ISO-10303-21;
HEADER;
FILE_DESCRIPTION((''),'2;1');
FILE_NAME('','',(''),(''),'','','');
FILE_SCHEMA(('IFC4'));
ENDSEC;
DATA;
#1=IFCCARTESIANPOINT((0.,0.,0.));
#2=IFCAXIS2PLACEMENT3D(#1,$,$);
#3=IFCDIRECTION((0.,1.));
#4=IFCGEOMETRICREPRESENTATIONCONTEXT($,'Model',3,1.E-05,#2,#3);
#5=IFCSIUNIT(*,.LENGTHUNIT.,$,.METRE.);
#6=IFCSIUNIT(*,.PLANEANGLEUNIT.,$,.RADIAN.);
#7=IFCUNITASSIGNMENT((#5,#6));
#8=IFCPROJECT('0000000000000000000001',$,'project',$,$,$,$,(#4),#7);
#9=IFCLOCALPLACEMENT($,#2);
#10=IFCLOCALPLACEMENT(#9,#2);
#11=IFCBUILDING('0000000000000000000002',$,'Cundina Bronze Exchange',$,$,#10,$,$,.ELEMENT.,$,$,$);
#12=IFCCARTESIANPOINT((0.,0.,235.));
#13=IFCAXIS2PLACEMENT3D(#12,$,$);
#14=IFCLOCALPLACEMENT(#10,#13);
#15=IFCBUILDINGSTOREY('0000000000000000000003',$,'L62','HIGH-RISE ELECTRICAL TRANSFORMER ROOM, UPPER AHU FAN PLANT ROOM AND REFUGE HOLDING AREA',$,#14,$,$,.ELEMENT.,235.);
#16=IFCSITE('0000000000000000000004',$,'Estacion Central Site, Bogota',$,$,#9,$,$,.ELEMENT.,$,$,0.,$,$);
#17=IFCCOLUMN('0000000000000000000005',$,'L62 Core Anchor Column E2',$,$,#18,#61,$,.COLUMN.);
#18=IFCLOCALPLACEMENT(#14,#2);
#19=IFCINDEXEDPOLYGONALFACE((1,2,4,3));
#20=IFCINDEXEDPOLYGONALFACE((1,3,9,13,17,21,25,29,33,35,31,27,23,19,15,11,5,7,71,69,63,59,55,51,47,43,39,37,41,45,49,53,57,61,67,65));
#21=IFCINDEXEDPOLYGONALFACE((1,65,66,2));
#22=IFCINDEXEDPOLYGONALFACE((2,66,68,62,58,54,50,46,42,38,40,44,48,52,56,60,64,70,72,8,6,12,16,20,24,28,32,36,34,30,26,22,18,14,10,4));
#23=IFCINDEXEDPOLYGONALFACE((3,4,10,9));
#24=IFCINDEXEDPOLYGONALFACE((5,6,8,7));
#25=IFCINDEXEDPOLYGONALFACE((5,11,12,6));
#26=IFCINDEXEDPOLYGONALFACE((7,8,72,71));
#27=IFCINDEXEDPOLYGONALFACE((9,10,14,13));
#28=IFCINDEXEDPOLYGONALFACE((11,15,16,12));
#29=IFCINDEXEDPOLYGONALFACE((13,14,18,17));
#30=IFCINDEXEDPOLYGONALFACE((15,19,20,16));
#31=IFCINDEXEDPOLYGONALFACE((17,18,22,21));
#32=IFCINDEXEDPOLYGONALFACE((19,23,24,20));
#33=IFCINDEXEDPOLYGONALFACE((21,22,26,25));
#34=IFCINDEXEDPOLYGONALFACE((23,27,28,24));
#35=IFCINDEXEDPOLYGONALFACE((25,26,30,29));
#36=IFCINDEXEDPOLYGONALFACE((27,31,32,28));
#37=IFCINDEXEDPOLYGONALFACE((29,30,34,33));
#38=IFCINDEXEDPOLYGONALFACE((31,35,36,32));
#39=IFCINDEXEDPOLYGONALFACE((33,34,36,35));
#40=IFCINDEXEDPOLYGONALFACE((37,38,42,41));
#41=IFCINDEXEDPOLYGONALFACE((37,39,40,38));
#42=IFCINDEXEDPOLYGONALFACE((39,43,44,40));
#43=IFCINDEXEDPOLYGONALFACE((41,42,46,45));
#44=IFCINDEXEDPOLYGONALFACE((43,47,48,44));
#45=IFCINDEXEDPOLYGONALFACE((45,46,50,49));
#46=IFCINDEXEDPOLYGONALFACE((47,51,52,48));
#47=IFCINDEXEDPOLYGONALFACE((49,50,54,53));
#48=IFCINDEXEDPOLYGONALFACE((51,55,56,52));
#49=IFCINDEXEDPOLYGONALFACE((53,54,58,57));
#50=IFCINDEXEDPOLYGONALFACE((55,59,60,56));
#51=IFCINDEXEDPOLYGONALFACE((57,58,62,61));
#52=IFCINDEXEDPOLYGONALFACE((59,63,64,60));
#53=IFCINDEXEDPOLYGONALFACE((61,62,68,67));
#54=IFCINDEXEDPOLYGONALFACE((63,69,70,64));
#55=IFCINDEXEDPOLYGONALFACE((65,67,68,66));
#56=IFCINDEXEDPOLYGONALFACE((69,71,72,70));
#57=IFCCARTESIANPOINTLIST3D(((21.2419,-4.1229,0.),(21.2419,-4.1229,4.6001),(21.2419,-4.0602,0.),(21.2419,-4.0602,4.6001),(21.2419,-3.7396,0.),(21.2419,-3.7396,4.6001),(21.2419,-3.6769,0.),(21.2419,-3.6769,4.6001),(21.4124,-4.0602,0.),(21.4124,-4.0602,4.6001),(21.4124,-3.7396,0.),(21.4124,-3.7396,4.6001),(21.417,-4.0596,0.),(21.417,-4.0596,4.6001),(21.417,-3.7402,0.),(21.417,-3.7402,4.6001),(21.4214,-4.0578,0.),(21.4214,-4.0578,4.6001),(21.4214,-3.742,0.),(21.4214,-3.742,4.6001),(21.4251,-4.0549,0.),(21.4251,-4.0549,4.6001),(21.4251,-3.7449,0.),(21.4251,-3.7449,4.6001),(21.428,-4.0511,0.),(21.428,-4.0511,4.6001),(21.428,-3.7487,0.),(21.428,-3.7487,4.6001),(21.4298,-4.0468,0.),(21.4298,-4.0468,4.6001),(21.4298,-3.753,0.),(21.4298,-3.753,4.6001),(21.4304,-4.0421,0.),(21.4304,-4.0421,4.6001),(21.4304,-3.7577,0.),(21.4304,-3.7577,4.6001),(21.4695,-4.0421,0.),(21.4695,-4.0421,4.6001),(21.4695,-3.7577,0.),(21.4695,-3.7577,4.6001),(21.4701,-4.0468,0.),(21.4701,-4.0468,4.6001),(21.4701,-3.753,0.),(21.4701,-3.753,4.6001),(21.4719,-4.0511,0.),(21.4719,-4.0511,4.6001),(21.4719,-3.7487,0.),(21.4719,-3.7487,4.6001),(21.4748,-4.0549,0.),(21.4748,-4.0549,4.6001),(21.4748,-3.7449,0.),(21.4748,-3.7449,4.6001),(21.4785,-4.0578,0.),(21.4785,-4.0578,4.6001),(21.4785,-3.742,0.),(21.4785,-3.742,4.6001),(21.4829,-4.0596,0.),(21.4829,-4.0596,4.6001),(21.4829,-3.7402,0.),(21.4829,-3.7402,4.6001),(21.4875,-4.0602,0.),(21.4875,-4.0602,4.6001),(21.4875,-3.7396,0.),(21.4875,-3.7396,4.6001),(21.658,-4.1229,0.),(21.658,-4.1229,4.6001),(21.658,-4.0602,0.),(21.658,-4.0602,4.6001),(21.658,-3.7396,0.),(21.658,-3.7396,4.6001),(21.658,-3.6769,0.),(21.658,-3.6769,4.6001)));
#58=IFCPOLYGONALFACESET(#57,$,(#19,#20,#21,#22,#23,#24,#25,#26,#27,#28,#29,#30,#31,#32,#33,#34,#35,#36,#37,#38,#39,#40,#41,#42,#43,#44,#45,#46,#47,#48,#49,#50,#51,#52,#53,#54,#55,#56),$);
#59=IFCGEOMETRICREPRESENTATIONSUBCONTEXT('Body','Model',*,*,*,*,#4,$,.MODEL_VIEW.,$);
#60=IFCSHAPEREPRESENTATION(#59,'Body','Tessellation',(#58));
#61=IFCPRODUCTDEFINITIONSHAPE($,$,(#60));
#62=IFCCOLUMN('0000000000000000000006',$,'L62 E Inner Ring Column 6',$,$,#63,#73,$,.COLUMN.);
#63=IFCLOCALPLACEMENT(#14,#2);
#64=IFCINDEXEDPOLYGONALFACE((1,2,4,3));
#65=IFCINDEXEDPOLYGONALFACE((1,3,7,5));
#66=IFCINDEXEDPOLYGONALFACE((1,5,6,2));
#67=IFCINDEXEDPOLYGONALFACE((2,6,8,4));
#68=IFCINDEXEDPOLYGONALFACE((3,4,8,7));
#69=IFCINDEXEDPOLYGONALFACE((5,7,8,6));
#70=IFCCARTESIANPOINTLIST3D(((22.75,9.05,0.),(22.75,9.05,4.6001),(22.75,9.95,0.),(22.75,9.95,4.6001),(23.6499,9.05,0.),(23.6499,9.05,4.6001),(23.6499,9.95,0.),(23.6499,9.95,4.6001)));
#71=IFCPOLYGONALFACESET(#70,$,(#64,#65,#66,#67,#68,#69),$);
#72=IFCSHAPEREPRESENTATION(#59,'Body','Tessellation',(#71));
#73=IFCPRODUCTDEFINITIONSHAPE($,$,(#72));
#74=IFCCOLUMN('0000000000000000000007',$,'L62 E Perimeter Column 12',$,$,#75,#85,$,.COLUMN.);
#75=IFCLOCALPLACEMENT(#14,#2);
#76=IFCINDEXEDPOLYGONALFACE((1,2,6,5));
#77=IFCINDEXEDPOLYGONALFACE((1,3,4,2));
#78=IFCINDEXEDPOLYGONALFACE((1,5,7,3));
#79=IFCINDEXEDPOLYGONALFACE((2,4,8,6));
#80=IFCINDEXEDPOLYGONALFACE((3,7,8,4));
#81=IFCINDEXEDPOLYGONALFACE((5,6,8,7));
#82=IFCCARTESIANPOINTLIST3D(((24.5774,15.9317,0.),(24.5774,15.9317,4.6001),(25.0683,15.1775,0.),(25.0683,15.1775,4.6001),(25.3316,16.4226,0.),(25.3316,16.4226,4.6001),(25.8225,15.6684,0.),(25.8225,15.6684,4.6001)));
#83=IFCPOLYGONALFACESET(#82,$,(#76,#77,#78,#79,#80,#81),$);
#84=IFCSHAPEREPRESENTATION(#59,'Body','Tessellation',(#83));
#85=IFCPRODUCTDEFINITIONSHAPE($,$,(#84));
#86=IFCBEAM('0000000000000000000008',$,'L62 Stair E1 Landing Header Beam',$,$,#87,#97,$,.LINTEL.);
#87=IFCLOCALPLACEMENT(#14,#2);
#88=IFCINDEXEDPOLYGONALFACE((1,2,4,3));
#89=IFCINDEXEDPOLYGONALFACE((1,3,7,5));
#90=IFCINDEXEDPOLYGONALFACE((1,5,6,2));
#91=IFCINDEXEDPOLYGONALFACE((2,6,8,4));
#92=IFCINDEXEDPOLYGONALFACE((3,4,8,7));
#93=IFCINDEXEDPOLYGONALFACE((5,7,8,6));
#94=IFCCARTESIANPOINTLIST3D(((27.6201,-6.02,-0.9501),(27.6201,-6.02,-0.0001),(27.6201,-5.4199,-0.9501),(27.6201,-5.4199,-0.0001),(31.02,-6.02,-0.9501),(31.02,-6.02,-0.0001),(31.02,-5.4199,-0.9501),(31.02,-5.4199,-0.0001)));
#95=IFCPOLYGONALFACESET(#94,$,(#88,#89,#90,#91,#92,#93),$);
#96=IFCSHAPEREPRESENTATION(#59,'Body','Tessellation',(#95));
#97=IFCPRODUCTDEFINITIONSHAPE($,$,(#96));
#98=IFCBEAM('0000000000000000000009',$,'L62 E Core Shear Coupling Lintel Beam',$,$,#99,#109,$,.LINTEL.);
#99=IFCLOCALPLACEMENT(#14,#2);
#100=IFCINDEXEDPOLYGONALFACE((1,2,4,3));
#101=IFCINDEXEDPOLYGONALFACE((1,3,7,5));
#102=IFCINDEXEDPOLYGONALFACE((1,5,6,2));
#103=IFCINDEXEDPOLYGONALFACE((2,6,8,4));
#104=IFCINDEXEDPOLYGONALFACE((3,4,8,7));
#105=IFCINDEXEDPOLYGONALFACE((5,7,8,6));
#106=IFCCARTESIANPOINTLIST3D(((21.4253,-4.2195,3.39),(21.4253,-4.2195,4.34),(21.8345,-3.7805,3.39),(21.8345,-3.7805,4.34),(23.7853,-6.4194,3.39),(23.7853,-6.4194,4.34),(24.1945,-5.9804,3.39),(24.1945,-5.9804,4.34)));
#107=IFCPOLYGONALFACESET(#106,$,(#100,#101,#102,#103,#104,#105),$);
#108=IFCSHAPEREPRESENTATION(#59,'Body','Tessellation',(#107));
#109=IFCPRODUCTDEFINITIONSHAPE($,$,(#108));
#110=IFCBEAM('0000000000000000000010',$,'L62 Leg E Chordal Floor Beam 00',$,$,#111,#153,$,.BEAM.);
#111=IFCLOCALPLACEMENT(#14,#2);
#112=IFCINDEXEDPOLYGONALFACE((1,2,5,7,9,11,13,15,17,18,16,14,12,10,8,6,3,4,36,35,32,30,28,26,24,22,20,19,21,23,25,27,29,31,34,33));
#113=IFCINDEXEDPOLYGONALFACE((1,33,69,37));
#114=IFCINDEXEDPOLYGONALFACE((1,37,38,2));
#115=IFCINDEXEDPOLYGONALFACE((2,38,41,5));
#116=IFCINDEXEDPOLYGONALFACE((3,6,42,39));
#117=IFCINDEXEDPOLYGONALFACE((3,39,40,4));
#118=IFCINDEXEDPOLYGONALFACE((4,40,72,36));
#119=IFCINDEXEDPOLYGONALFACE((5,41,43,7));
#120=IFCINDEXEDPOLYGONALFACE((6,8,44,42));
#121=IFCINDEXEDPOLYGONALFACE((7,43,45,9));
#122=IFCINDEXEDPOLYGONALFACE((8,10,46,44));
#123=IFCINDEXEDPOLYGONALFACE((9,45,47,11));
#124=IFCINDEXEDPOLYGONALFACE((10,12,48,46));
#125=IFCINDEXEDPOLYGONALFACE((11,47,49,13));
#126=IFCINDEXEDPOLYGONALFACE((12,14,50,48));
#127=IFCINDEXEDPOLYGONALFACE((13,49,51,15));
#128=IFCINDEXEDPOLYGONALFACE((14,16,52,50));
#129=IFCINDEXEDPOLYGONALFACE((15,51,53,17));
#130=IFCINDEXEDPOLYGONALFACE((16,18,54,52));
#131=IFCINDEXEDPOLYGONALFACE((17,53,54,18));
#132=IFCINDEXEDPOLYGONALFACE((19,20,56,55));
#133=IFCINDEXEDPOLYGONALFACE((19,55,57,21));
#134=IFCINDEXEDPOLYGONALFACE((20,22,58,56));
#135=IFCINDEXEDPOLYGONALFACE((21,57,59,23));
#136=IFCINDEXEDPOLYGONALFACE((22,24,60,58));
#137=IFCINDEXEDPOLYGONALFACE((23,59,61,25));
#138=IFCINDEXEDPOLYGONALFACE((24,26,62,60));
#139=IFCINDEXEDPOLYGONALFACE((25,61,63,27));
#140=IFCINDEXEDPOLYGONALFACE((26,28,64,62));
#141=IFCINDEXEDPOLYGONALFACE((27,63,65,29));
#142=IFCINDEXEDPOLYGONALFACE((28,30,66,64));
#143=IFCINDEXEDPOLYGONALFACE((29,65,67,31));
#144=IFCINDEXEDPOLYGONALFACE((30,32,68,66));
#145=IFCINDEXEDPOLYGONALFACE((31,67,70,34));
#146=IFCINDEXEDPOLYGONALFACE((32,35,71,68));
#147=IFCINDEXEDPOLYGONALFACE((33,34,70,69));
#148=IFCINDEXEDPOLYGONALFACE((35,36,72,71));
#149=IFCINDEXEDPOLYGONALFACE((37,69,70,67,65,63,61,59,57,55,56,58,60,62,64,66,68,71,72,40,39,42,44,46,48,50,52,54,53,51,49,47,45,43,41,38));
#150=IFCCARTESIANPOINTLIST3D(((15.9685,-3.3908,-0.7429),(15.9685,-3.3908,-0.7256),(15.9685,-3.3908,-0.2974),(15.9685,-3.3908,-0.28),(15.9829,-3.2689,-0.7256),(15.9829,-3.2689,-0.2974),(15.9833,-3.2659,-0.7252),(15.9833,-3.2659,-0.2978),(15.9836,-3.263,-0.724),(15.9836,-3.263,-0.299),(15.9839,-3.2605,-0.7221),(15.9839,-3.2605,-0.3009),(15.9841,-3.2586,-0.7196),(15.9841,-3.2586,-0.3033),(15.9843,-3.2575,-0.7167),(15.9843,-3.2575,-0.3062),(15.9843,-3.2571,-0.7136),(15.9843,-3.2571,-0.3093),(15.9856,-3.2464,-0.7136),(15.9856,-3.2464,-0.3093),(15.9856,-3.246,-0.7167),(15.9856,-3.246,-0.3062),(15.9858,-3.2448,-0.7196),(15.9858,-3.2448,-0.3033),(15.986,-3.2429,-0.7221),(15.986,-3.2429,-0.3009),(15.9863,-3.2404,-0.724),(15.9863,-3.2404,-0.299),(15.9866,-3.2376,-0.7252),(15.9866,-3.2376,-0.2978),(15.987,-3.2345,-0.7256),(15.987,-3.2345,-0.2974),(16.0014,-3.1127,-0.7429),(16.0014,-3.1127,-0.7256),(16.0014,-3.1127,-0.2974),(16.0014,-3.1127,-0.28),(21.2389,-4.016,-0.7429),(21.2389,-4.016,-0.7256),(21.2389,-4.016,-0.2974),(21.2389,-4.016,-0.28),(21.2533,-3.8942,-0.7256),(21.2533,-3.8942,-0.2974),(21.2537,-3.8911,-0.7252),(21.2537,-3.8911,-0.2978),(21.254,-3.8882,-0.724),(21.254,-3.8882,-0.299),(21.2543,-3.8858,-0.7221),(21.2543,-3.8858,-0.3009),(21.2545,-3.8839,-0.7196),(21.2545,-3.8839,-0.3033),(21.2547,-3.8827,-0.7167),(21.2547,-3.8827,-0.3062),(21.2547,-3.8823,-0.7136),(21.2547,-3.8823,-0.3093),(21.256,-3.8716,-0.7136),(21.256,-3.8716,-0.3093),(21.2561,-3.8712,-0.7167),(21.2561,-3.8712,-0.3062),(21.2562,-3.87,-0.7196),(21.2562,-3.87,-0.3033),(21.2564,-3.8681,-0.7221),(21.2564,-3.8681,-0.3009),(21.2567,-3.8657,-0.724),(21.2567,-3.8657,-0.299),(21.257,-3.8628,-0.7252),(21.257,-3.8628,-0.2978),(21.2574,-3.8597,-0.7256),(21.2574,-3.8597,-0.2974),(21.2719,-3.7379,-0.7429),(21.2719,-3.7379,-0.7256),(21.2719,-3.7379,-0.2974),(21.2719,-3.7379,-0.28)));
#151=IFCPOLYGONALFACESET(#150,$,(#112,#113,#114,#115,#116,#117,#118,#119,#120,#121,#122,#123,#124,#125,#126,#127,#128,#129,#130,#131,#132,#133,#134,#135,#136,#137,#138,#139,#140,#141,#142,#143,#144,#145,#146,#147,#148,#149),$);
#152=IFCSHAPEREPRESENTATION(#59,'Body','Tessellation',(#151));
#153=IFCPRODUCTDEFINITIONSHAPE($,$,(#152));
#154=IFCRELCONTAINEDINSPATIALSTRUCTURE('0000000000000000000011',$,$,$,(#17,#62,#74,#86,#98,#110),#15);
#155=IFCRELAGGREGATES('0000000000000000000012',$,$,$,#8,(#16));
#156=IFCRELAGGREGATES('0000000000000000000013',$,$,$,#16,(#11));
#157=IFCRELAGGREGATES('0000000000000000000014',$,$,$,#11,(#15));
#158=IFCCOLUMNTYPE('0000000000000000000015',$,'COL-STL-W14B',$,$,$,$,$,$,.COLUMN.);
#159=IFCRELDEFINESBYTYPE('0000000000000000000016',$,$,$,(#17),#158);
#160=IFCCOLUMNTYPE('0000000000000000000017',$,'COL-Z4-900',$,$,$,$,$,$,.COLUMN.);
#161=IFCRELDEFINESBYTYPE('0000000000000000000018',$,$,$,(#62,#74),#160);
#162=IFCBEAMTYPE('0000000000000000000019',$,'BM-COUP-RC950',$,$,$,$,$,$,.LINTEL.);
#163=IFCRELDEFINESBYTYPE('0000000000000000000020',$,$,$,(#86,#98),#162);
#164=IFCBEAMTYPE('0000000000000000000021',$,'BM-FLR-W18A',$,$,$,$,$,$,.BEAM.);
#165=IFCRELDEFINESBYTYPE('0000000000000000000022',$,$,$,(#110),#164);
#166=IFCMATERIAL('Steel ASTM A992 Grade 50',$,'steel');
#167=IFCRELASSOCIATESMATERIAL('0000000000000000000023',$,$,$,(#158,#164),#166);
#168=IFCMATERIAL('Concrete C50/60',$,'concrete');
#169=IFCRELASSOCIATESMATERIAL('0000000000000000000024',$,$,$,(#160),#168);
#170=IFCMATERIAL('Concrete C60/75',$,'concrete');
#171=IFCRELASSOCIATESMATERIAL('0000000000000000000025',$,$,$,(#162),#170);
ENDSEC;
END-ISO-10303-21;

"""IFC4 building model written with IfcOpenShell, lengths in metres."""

from ifc_helpers import new_model, si_unit, direction, frame, origin, origin_2d, place, context, subcontext, project, spatial, rectangle, i_section, extrude, material, material_profile, profile_set, type_object, element, save


model = new_model("IFC4")

# Units and contexts
model_context = context("Model", 3, precision=1e-05, world=origin(), true_north=direction((0.0, 1.0)))
body_context = subcontext(model_context, "Body", "Model", "MODEL_VIEW")
ifc_project = project(units=[si_unit("LENGTHUNIT", "METRE"), si_unit("PLANEANGLEUNIT", "RADIAN")], contexts=[model_context])

# Site, building, storey
site_placement = place(None, origin())
site = spatial("IfcSite", under=ifc_project, at=site_placement, Name="Estacion Central Site, Bogota", CompositionType="ELEMENT", RefElevation=0.0)
building_placement = place(site_placement, origin())
building = spatial("IfcBuilding", under=site, at=building_placement, Name="Cundina Bronze Exchange", CompositionType="ELEMENT")
storey_placement = place(building_placement, frame((0.0, 0.0, 235.0)))
storey = spatial("IfcBuildingStorey", under=building, at=storey_placement, Name="L62", Description="HIGH-RISE ELECTRICAL TRANSFORMER ROOM, UPPER AHU FAN PLANT ROOM AND REFUGE HOLDING AREA", CompositionType="ELEMENT", Elevation=235.0)

# Columns
ifc_material_1 = material(Name="Steel ASTM A992 Grade 50", Category="steel")
ifc_material_profile_1 = material_profile(ifc_material_1, i_section(OverallWidth=0.416, OverallDepth=0.446, WebThickness=0.0391, FlangeThickness=0.0627, FilletRadius=0.0181, at=origin_2d()), Name="W14X342", Category="steel")
ifc_profile_set_1 = profile_set([ifc_material_profile_1], Name="Steel ASTM A992 Grade 50")
column_type_1 = type_object("IfcColumnType", Name="COL-STL-W14B", PredefinedType="COLUMN", material=ifc_profile_set_1)
column_placement = place(storey_placement, frame((21.45, -3.8999, 0.0), z_axis=(0.0, 0.0, 1.0), x_axis=(1.0, 0.0, 0.0)))
element("IfcColumn", 1, at=column_placement, inside=storey, type_object=column_type_1, Name="L62 Core Anchor Column E2", PredefinedType="COLUMN", context=body_context, shape_type="SweptSolid", body=[
    extrude(i_section(OverallWidth=0.416, OverallDepth=0.446, WebThickness=0.0391, FlangeThickness=0.0627, FilletRadius=0.0181, at=origin_2d()), origin(), (0.0, 0.0, 1.0), 4.6001),
])
ifc_material_2 = material(Name="Concrete C50/60", Category="concrete")
ifc_material_profile_2 = material_profile(ifc_material_2, rectangle(XDim=0.8999, YDim=0.8999, at=origin_2d()), Name="RC900X900", Category="concrete")
ifc_profile_set_2 = profile_set([ifc_material_profile_2], Name="Concrete C50/60")
column_type_2 = type_object("IfcColumnType", Name="COL-Z4-900", PredefinedType="COLUMN", material=ifc_profile_set_2)
for number, where, z_axis, x_axis, name in (
    (2, (23.2, 9.5, 0.0), (0.0, 0.0, 1.0), (1.0, 0.0, 0.0), "L62 E Inner Ring Column 6"),
    (3, (25.2, 15.8, 0.0), (0.0, 0.0, 1.0), (-0.8381, -0.545517, 0.0), "L62 E Perimeter Column 12"),
):
    element("IfcColumn", number, at=place(storey_placement, frame(where, z_axis=z_axis, x_axis=x_axis)), inside=storey, type_object=column_type_2, Name=name, PredefinedType="COLUMN", context=body_context, shape_type="SweptSolid", body=[
        extrude(rectangle(XDim=0.8999, YDim=0.8999, at=origin_2d()), origin(), (0.0, 0.0, 1.0), 4.6001),
    ])

# Beams
ifc_material_3 = material(Name="Concrete C60/75", Category="concrete")
ifc_material_profile_3 = material_profile(ifc_material_3, rectangle(XDim=0.6001, YDim=0.95, at=origin_2d()), Name="RC600X950", Category="concrete")
ifc_profile_set_3 = profile_set([ifc_material_profile_3], Name="Concrete C60/75")
beam_type_1 = type_object("IfcBeamType", Name="BM-COUP-RC950", PredefinedType="LINTEL", material=ifc_profile_set_3)
beam_1_placement = place(storey_placement, frame((27.6201, -5.72, -0.4751), z_axis=(1.0, 0.0, 0.0), x_axis=(0.0, 1.0, 0.0)))
element("IfcBeam", 4, at=beam_1_placement, inside=storey, type_object=beam_type_1, Name="L62 Stair E1 Landing Header Beam", PredefinedType="LINTEL", context=body_context, shape_type="SweptSolid", body=[
    extrude(rectangle(XDim=0.6001, YDim=0.95, at=origin_2d()), origin(), (0.0, 0.0, 1.0), 3.3999),
])
beam_2_placement = place(storey_placement, frame((21.6299, -4.0, 3.865), z_axis=(0.73149, -0.681852, 0.0), x_axis=(0.681852, 0.73149, 0.0)))
element("IfcBeam", 5, at=beam_2_placement, inside=storey, type_object=beam_type_1, Name="L62 E Core Shear Coupling Lintel Beam", PredefinedType="LINTEL", context=body_context, shape_type="SweptSolid", body=[
    extrude(rectangle(XDim=0.6001, YDim=0.95, at=origin_2d()), origin(), (0.0, 0.0, 1.0), 3.2263),
])
ifc_material_profile_4 = material_profile(ifc_material_1, i_section(OverallWidth=0.28, OverallDepth=0.4629, WebThickness=0.0107, FlangeThickness=0.0173, FilletRadius=0.012, at=origin_2d()), Name="W18X76", Category="steel")
ifc_profile_set_4 = profile_set([ifc_material_profile_4], Name="Steel ASTM A992 Grade 50")
beam_type_2 = type_object("IfcBeamType", Name="BM-FLR-W18A", PredefinedType="BEAM", material=ifc_profile_set_4)
beam_3_placement = place(storey_placement, frame((21.2554, -3.877, -0.5115), z_axis=(-0.993037, 0.117805, 0.0), x_axis=(-0.117805, -0.993037, 0.0)))
element("IfcBeam", 6, at=beam_3_placement, inside=storey, type_object=beam_type_2, Name="L62 Leg E Chordal Floor Beam 00", PredefinedType="BEAM", context=body_context, shape_type="SweptSolid", body=[
    extrude(i_section(OverallWidth=0.28, OverallDepth=0.4629, WebThickness=0.0107, FlangeThickness=0.0173, FilletRadius=0.012, at=origin_2d()), origin(), (0.0, 0.0, 1.0), 5.3074),
])

save(model, "model.ifc")
